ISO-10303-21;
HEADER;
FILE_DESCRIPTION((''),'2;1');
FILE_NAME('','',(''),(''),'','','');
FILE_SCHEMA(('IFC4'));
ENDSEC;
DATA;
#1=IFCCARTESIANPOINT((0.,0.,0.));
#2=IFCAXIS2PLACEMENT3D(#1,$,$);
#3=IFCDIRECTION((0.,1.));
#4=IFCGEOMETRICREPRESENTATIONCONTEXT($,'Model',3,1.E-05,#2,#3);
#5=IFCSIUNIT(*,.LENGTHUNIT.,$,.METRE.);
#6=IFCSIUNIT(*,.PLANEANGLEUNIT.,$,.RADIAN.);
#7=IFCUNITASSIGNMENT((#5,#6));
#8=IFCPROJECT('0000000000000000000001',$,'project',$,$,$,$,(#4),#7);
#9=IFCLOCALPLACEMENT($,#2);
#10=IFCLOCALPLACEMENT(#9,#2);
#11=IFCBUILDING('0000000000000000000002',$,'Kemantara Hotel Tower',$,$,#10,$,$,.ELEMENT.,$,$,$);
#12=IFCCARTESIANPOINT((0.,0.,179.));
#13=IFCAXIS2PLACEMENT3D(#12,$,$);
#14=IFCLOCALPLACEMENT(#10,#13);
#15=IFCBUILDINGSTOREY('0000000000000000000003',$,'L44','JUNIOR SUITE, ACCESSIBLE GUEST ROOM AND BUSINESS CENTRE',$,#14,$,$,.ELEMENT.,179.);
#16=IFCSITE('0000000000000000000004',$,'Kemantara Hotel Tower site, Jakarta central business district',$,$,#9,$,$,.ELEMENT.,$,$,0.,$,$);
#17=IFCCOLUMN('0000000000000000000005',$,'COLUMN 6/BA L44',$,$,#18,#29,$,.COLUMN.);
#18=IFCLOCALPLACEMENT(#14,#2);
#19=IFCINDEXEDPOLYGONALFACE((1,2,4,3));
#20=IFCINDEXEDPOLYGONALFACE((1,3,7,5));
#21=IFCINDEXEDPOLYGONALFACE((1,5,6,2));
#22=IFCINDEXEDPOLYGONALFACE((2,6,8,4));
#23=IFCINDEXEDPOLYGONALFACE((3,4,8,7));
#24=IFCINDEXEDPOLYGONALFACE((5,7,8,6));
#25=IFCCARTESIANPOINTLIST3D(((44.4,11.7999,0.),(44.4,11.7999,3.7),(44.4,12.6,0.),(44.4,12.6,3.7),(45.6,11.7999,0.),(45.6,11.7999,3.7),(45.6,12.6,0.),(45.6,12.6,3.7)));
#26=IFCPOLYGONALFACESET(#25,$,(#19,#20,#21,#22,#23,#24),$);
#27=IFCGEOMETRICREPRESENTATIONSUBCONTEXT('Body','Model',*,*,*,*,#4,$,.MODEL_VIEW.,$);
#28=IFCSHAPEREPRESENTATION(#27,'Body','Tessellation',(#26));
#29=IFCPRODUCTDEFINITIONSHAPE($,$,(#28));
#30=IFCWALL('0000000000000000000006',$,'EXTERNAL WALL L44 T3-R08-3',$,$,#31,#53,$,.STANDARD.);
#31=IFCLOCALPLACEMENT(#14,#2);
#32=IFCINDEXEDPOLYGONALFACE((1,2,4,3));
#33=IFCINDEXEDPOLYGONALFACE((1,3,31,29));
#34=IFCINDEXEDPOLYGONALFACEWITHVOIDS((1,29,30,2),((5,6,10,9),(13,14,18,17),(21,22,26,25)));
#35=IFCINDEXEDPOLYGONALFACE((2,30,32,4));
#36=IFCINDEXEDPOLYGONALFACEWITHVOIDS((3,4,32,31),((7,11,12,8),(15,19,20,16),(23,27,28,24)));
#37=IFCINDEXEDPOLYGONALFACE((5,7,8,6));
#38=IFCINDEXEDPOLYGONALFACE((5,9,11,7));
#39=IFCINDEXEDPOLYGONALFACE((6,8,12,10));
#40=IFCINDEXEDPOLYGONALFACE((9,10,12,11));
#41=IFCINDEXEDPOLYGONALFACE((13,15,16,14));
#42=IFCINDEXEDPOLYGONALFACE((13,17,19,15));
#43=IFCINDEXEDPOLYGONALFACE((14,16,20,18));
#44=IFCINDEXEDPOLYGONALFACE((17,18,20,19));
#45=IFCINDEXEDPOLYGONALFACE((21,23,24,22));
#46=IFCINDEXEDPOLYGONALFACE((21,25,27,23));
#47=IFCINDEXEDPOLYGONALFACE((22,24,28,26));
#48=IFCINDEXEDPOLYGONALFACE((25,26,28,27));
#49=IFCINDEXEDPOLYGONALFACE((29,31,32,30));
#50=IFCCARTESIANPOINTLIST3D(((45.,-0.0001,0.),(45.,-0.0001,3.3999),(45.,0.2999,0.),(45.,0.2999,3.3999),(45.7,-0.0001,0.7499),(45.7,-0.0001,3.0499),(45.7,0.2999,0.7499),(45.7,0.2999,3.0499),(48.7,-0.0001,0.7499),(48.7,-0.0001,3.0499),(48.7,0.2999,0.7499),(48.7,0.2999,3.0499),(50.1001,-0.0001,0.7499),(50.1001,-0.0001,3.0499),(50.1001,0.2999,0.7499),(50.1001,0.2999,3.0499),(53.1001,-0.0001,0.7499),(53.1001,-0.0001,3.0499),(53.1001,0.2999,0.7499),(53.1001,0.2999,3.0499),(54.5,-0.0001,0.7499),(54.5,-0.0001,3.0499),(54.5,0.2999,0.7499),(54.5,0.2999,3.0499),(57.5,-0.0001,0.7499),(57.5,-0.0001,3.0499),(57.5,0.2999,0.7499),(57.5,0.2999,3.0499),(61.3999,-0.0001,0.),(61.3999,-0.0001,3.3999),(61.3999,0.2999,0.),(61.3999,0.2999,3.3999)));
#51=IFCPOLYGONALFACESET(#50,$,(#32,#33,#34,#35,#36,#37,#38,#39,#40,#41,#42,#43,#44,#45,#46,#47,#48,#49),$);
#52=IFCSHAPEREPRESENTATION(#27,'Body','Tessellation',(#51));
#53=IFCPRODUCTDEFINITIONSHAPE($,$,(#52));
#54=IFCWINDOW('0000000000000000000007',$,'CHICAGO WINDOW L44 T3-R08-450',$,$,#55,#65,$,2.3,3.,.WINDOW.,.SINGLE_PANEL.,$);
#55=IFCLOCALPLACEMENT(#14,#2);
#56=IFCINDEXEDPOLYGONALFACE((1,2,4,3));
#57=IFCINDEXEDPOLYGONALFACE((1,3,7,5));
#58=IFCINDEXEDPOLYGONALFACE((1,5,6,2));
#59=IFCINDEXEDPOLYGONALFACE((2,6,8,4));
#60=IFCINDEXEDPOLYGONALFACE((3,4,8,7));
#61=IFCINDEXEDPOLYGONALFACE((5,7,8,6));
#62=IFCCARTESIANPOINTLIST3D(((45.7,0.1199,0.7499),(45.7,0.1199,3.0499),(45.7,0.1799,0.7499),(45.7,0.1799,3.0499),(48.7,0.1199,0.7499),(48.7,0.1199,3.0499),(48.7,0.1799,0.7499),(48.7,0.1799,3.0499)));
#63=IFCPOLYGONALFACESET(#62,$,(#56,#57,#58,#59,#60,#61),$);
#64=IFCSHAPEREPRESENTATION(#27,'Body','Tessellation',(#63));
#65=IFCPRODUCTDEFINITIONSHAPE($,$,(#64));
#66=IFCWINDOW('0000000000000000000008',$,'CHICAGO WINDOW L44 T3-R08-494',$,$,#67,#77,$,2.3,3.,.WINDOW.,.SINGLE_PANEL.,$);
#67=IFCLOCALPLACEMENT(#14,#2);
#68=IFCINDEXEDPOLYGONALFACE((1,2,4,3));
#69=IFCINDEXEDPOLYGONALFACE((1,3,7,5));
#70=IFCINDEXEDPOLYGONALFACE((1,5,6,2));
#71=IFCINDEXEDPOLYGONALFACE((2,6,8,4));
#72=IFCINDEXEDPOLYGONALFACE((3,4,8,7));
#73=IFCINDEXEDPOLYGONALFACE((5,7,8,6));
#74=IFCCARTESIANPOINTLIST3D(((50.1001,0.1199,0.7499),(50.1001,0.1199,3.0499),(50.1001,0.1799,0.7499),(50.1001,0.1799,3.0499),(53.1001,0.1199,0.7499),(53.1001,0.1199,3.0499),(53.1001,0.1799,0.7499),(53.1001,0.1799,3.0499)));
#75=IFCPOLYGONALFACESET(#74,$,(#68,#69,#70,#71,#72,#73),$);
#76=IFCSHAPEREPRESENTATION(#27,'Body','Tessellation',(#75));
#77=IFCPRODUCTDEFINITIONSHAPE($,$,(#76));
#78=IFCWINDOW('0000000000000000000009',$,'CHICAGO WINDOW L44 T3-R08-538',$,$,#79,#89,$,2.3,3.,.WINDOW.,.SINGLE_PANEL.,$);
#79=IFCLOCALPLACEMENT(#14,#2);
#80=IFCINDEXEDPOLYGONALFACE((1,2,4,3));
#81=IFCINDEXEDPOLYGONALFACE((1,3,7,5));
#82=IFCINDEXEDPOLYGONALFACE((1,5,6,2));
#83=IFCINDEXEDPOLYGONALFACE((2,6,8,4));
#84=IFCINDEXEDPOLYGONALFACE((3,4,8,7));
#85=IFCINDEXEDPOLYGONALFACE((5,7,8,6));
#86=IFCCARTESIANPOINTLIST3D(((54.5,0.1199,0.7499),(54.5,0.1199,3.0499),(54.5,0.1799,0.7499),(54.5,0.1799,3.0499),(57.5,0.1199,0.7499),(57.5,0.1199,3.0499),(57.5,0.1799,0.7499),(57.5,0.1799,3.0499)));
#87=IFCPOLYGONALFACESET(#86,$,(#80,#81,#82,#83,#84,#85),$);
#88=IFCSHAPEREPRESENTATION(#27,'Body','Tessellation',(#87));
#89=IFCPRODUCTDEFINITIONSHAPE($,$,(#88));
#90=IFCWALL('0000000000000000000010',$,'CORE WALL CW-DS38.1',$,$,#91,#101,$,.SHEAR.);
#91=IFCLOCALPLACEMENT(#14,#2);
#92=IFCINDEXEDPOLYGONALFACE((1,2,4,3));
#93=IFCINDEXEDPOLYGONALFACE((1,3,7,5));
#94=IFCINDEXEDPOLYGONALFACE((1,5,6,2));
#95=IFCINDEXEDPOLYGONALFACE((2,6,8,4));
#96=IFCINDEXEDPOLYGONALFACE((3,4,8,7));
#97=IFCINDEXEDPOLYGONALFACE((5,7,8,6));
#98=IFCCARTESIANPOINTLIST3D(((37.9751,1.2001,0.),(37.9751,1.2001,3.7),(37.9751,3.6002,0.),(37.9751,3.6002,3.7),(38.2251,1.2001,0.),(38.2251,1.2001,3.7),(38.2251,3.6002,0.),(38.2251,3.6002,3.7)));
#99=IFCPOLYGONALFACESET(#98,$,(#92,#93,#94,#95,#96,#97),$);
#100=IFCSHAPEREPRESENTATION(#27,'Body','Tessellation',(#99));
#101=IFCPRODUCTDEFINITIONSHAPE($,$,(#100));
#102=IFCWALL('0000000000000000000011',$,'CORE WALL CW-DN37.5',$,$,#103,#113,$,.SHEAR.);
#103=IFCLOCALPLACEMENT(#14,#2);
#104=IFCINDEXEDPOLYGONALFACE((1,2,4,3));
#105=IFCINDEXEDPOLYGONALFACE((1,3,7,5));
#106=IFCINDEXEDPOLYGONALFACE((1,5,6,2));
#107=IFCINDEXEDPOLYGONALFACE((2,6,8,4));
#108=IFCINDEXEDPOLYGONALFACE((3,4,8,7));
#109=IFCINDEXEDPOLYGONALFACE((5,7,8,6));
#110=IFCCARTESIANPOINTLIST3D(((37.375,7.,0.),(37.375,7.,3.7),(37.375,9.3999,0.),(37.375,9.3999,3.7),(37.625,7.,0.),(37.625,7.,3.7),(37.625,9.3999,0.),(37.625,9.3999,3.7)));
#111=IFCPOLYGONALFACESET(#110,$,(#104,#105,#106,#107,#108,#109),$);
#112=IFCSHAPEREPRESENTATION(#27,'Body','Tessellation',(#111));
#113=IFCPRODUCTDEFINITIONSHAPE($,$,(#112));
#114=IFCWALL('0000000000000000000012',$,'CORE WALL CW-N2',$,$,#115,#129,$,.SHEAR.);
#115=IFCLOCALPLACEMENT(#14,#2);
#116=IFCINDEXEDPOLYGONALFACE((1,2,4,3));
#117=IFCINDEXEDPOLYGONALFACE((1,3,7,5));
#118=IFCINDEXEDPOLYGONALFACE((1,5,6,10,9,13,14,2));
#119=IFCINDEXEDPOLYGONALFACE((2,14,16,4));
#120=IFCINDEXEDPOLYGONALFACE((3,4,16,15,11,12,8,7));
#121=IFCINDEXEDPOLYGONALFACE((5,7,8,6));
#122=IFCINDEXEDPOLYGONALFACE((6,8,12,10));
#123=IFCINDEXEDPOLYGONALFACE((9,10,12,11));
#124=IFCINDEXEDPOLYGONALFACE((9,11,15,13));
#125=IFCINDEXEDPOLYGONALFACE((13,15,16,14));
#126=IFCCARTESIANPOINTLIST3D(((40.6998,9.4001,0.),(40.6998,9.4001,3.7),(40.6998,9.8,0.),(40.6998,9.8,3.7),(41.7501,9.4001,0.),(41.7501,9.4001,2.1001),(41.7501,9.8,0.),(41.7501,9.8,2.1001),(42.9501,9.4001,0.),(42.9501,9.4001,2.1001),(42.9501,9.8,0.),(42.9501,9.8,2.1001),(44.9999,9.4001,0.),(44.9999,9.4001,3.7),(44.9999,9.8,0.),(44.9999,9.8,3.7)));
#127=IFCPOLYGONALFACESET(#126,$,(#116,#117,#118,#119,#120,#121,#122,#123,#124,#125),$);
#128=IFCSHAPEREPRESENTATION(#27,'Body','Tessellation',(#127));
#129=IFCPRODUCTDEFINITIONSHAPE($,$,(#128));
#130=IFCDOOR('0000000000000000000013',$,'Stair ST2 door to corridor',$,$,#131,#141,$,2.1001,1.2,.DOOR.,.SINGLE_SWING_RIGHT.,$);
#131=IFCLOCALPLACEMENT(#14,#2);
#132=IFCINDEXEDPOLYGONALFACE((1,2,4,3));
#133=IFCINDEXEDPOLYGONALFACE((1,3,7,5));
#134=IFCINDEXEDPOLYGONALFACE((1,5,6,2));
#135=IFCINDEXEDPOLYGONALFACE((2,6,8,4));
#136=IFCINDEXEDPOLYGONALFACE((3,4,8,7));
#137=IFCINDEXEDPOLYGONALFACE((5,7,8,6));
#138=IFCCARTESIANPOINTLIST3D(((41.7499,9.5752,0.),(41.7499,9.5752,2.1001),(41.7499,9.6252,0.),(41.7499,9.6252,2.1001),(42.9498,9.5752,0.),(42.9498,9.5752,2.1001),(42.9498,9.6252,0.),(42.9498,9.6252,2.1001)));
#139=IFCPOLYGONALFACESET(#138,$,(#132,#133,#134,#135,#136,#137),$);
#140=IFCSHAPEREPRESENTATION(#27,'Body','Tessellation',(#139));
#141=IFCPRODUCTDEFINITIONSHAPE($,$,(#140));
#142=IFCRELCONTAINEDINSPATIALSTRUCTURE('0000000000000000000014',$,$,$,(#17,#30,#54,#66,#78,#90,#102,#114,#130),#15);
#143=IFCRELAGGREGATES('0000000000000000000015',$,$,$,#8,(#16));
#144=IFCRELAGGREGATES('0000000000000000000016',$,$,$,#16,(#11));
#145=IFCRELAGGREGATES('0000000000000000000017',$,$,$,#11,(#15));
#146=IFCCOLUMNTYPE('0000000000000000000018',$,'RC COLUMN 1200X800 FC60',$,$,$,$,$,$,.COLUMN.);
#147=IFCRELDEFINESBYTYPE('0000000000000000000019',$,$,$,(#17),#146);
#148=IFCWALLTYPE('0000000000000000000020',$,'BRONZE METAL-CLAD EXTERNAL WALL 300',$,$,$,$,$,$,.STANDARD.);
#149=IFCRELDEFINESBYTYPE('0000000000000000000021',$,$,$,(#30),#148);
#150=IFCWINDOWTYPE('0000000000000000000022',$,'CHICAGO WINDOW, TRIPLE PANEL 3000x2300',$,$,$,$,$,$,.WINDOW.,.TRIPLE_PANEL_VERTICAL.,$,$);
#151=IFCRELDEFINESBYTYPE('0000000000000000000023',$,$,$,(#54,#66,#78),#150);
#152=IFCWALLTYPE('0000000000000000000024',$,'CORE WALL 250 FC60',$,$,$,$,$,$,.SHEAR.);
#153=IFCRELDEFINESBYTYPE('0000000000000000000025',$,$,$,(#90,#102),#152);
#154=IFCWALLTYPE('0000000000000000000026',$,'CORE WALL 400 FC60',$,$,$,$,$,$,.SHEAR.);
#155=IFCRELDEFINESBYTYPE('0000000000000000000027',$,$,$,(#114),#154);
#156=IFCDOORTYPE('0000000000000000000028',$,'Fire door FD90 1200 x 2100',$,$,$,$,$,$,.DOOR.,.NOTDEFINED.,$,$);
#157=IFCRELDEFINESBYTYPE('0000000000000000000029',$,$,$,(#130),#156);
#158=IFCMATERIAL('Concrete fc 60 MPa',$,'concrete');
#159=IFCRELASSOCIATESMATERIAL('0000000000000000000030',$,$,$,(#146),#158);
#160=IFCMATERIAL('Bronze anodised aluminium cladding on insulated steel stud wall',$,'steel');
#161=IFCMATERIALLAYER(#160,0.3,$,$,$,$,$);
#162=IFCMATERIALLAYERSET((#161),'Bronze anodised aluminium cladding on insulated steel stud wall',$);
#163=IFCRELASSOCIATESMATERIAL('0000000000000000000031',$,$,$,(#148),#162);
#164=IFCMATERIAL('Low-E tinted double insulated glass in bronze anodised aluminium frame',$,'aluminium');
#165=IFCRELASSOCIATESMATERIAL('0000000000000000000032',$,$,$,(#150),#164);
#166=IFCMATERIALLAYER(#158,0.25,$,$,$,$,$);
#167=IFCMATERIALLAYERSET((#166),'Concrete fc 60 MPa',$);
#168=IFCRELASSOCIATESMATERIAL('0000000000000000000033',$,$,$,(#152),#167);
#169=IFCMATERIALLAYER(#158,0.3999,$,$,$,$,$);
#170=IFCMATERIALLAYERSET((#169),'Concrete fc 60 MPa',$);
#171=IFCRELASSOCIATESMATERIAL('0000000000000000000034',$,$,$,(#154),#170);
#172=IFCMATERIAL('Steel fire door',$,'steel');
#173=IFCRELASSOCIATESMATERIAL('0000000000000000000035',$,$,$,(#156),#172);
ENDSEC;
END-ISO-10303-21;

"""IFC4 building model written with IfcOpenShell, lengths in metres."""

from ifc_helpers import new_model, si_unit, direction, frame, frame_2d, origin, origin_2d, place, context, subcontext, project, spatial, rectangle, extrude, material, layer, layer_set, material_profile, profile_set, type_object, element, fill, save


model = new_model("IFC4")

# Units and contexts
model_context = context("Model", 3, precision=1e-05, world=origin(), true_north=direction((0.0, 1.0)))
body_context = subcontext(model_context, "Body", "Model", "MODEL_VIEW")
ifc_project = project(units=[si_unit("LENGTHUNIT", "METRE"), si_unit("PLANEANGLEUNIT", "RADIAN")], contexts=[model_context])

# Site, building, storey
site_placement = place(None, origin())
site = spatial("IfcSite", under=ifc_project, at=site_placement, Name="Kemantara Hotel Tower site, Jakarta central business district", CompositionType="ELEMENT", RefElevation=0.0)
building_placement = place(site_placement, origin())
building = spatial("IfcBuilding", under=site, at=building_placement, Name="Kemantara Hotel Tower", CompositionType="ELEMENT")
storey_placement = place(building_placement, frame((0.0, 0.0, 179.0)))
storey = spatial("IfcBuildingStorey", under=building, at=storey_placement, Name="L44", Description="JUNIOR SUITE, ACCESSIBLE GUEST ROOM AND BUSINESS CENTRE", CompositionType="ELEMENT", Elevation=179.0)

# Column
ifc_material_1 = material(Name="Concrete fc 60 MPa", Category="concrete")
ifc_material_profile = material_profile(ifc_material_1, rectangle(XDim=1.2, YDim=0.8, at=origin_2d()), Name="RC 1200X800")
ifc_profile_set = profile_set([ifc_material_profile], Name="Concrete fc 60 MPa")
column_type = type_object("IfcColumnType", Name="RC COLUMN 1200X800 FC60", PredefinedType="COLUMN", material=ifc_profile_set)
column_placement = place(storey_placement, frame((45.0, 12.2, 0.0), z_axis=(0.0, 0.0, 1.0), x_axis=(1.0, 0.0, 0.0)))
element("IfcColumn", 1, at=column_placement, inside=storey, type_object=column_type, Name="COLUMN 6/BA L44", PredefinedType="COLUMN", context=body_context, shape_type="SweptSolid", body=[
    extrude(rectangle(XDim=1.2, YDim=0.8, at=origin_2d()), origin(), (0.0, 0.0, 1.0), 3.7),
])

# Wall, openings, windows
ifc_material_2 = material(Name="Bronze anodised aluminium cladding on insulated steel stud wall", Category="steel")
ifc_layer_1 = layer(ifc_material_2, 0.3)
ifc_layer_set_1 = layer_set([ifc_layer_1], Name="Bronze anodised aluminium cladding on insulated steel stud wall")
wall_type_1 = type_object("IfcWallType", Name="BRONZE METAL-CLAD EXTERNAL WALL 300", PredefinedType="STANDARD", material=ifc_layer_set_1)
wall_1_placement = place(storey_placement, frame((45.0, 0.1499, 0.0), z_axis=(0.0, 0.0, 1.0), x_axis=(1.0, 0.0, 0.0)))
wall_1 = element("IfcWall", 2, at=wall_1_placement, inside=storey, type_object=wall_type_1, Name="EXTERNAL WALL L44 T3-R08-3", PredefinedType="STANDARD", context=body_context, shape_type="SweptSolid", body=[
    extrude(rectangle(XDim=16.3999, YDim=0.3, at=frame_2d((8.2, 0.0))), origin(), (0.0, 0.0, 1.0), 3.3999),
])
opening_1_placement = place(wall_1_placement, frame((0.7, 0.0, 0.75)))
opening_1 = element("IfcOpeningElement", 3, at=opening_1_placement, cuts=wall_1, PredefinedType="OPENING", context=body_context, shape_type="SweptSolid", body=[
    extrude(rectangle(XDim=3.0, YDim=2.3, at=frame_2d((1.5, 1.1499))), frame((0.0, 0.1599, 0.0), z_axis=(0.0, -1.0, 0.0), x_axis=(1.0, 0.0, 0.0)), (0.0, 0.0, 1.0), 0.3201),
])
opening_2_placement = place(wall_1_placement, frame((5.1001, 0.0, 0.75)))
opening_2 = element("IfcOpeningElement", 4, at=opening_2_placement, cuts=wall_1, PredefinedType="OPENING", context=body_context, shape_type="SweptSolid", body=[
    extrude(rectangle(XDim=3.0, YDim=2.3, at=frame_2d((1.5, 1.1499))), frame((0.0, 0.1599, 0.0), z_axis=(0.0, -1.0, 0.0), x_axis=(1.0, 0.0, 0.0)), (0.0, 0.0, 1.0), 0.3201),
])
opening_3_placement = place(wall_1_placement, frame((9.5, 0.0, 0.75)))
opening_3 = element("IfcOpeningElement", 5, at=opening_3_placement, cuts=wall_1, PredefinedType="OPENING", context=body_context, shape_type="SweptSolid", body=[
    extrude(rectangle(XDim=3.0, YDim=2.3, at=frame_2d((1.5, 1.1499))), frame((0.0, 0.1599, 0.0), z_axis=(0.0, -1.0, 0.0), x_axis=(1.0, 0.0, 0.0)), (0.0, 0.0, 1.0), 0.3201),
])
ifc_material_3 = material(Name="Low-E tinted double insulated glass in bronze anodised aluminium frame", Category="aluminium")
window_type = type_object("IfcWindowType", Name="CHICAGO WINDOW, TRIPLE PANEL 3000x2300", PartitioningType="TRIPLE_PANEL_VERTICAL", PredefinedType="WINDOW", material=ifc_material_3)
window_1_placement = place(opening_1_placement, origin())
window_1 = element("IfcWindow", 6, at=window_1_placement, inside=storey, type_object=window_type, Name="CHICAGO WINDOW L44 T3-R08-450", OverallHeight=2.3, OverallWidth=3.0, PartitioningType="SINGLE_PANEL", PredefinedType="WINDOW", context=body_context, shape_type="SweptSolid", body=[
    extrude(rectangle(XDim=3.0, YDim=2.3, at=frame_2d((1.5, 1.1499))), frame((0.0, 0.03, 0.0), z_axis=(0.0, -1.0, 0.0), x_axis=(1.0, 0.0, 0.0)), (0.0, 0.0, 1.0), 0.0601),
])
fill(opening_1, window_1)
window_2_placement = place(opening_2_placement, origin())
window_2 = element("IfcWindow", 7, at=window_2_placement, inside=storey, type_object=window_type, Name="CHICAGO WINDOW L44 T3-R08-494", OverallHeight=2.3, OverallWidth=3.0, PartitioningType="SINGLE_PANEL", PredefinedType="WINDOW", context=body_context, shape_type="SweptSolid", body=[
    extrude(rectangle(XDim=3.0, YDim=2.3, at=frame_2d((1.5, 1.1499))), frame((0.0, 0.03, 0.0), z_axis=(0.0, -1.0, 0.0), x_axis=(1.0, 0.0, 0.0)), (0.0, 0.0, 1.0), 0.0601),
])
fill(opening_2, window_2)
window_3_placement = place(opening_3_placement, origin())
window_3 = element("IfcWindow", 8, at=window_3_placement, inside=storey, type_object=window_type, Name="CHICAGO WINDOW L44 T3-R08-538", OverallHeight=2.3, OverallWidth=3.0, PartitioningType="SINGLE_PANEL", PredefinedType="WINDOW", context=body_context, shape_type="SweptSolid", body=[
    extrude(rectangle(XDim=3.0, YDim=2.3, at=frame_2d((1.5, 1.1499))), frame((0.0, 0.03, 0.0), z_axis=(0.0, -1.0, 0.0), x_axis=(1.0, 0.0, 0.0)), (0.0, 0.0, 1.0), 0.0601),
])
fill(opening_3, window_3)

# Walls
ifc_layer_2 = layer(ifc_material_1, 0.25)
ifc_layer_set_2 = layer_set([ifc_layer_2], Name="Concrete fc 60 MPa")
wall_type_2 = type_object("IfcWallType", Name="CORE WALL 250 FC60", PredefinedType="SHEAR", material=ifc_layer_set_2)
wall_2_placement = place(storey_placement, frame((38.1001, 1.2, 0.0), z_axis=(0.0, 0.0, 1.0), x_axis=(0.0, 1.0, 0.0)))
element("IfcWall", 9, at=wall_2_placement, inside=storey, type_object=wall_type_2, Name="CORE WALL CW-DS38.1", PredefinedType="SHEAR", context=body_context, shape_type="SweptSolid", body=[
    extrude(rectangle(XDim=2.4001, YDim=0.25, at=frame_2d((1.2002, 0.0))), origin(), (0.0, 0.0, 1.0), 3.7),
])
wall_3_placement = place(storey_placement, frame((37.5, 7.0, 0.0), z_axis=(0.0, 0.0, 1.0), x_axis=(0.0, 1.0, 0.0)))
element("IfcWall", 10, at=wall_3_placement, inside=storey, type_object=wall_type_2, Name="CORE WALL CW-DN37.5", PredefinedType="SHEAR", context=body_context, shape_type="SweptSolid", body=[
    extrude(rectangle(XDim=2.3999, YDim=0.25, at=frame_2d((1.2, 0.0))), origin(), (0.0, 0.0, 1.0), 3.7),
])

# Wall, opening, door
ifc_layer_3 = layer(ifc_material_1, 0.3999)
ifc_layer_set_3 = layer_set([ifc_layer_3], Name="Concrete fc 60 MPa")
wall_type_3 = type_object("IfcWallType", Name="CORE WALL 400 FC60", PredefinedType="SHEAR", material=ifc_layer_set_3)
wall_4_placement = place(storey_placement, frame((40.7, 9.6001, 0.0), z_axis=(0.0, 0.0, 1.0), x_axis=(1.0, 0.0, 0.0)))
wall_4 = element("IfcWall", 11, at=wall_4_placement, inside=storey, type_object=wall_type_3, Name="CORE WALL CW-N2", PredefinedType="SHEAR", context=body_context, shape_type="SweptSolid", body=[
    extrude(rectangle(XDim=4.3, YDim=0.3999, at=frame_2d((2.1499, 0.0))), origin(), (0.0, 0.0, 1.0), 3.7),
])
opening_4_placement = place(wall_4_placement, frame((1.05, 0.0, 0.0)))
opening_4 = element("IfcOpeningElement", 12, at=opening_4_placement, cuts=wall_4, PredefinedType="OPENING", context=body_context, shape_type="SweptSolid", body=[
    extrude(rectangle(XDim=1.2, YDim=2.1001, at=frame_2d((0.6001, 1.05))), frame((0.0, 0.21, 0.0), z_axis=(0.0, -1.0, 0.0), x_axis=(1.0, 0.0, 0.0)), (0.0, 0.0, 1.0), 0.4199),
])
ifc_material_4 = material(Name="Steel fire door", Category="steel")
door_type_1 = type_object("IfcDoorType", Name="Fire door FD90 1200 x 2100", OperationType="NOTDEFINED", PredefinedType="DOOR", material=ifc_material_4)
door_1_placement = place(opening_4_placement, frame((1.2, 0.0, 0.0), z_axis=(0.0, 0.0, 1.0), x_axis=(-1.0, 0.0, 0.0)))
door_1 = element("IfcDoor", 13, at=door_1_placement, inside=storey, type_object=door_type_1, Name="Stair ST2 door to corridor", OperationType="SINGLE_SWING_RIGHT", OverallHeight=2.1001, OverallWidth=1.2, PredefinedType="DOOR", context=body_context, shape_type="SweptSolid", body=[
    extrude(rectangle(XDim=1.2, YDim=2.1001, at=frame_2d((0.6001, 1.05))), frame((0.0, 0.0249, 0.0), z_axis=(0.0, -1.0, 0.0), x_axis=(1.0, 0.0, 0.0)), (0.0, 0.0, 1.0), 0.05),
])
fill(opening_4, door_1)

save(model, "model.ifc")
